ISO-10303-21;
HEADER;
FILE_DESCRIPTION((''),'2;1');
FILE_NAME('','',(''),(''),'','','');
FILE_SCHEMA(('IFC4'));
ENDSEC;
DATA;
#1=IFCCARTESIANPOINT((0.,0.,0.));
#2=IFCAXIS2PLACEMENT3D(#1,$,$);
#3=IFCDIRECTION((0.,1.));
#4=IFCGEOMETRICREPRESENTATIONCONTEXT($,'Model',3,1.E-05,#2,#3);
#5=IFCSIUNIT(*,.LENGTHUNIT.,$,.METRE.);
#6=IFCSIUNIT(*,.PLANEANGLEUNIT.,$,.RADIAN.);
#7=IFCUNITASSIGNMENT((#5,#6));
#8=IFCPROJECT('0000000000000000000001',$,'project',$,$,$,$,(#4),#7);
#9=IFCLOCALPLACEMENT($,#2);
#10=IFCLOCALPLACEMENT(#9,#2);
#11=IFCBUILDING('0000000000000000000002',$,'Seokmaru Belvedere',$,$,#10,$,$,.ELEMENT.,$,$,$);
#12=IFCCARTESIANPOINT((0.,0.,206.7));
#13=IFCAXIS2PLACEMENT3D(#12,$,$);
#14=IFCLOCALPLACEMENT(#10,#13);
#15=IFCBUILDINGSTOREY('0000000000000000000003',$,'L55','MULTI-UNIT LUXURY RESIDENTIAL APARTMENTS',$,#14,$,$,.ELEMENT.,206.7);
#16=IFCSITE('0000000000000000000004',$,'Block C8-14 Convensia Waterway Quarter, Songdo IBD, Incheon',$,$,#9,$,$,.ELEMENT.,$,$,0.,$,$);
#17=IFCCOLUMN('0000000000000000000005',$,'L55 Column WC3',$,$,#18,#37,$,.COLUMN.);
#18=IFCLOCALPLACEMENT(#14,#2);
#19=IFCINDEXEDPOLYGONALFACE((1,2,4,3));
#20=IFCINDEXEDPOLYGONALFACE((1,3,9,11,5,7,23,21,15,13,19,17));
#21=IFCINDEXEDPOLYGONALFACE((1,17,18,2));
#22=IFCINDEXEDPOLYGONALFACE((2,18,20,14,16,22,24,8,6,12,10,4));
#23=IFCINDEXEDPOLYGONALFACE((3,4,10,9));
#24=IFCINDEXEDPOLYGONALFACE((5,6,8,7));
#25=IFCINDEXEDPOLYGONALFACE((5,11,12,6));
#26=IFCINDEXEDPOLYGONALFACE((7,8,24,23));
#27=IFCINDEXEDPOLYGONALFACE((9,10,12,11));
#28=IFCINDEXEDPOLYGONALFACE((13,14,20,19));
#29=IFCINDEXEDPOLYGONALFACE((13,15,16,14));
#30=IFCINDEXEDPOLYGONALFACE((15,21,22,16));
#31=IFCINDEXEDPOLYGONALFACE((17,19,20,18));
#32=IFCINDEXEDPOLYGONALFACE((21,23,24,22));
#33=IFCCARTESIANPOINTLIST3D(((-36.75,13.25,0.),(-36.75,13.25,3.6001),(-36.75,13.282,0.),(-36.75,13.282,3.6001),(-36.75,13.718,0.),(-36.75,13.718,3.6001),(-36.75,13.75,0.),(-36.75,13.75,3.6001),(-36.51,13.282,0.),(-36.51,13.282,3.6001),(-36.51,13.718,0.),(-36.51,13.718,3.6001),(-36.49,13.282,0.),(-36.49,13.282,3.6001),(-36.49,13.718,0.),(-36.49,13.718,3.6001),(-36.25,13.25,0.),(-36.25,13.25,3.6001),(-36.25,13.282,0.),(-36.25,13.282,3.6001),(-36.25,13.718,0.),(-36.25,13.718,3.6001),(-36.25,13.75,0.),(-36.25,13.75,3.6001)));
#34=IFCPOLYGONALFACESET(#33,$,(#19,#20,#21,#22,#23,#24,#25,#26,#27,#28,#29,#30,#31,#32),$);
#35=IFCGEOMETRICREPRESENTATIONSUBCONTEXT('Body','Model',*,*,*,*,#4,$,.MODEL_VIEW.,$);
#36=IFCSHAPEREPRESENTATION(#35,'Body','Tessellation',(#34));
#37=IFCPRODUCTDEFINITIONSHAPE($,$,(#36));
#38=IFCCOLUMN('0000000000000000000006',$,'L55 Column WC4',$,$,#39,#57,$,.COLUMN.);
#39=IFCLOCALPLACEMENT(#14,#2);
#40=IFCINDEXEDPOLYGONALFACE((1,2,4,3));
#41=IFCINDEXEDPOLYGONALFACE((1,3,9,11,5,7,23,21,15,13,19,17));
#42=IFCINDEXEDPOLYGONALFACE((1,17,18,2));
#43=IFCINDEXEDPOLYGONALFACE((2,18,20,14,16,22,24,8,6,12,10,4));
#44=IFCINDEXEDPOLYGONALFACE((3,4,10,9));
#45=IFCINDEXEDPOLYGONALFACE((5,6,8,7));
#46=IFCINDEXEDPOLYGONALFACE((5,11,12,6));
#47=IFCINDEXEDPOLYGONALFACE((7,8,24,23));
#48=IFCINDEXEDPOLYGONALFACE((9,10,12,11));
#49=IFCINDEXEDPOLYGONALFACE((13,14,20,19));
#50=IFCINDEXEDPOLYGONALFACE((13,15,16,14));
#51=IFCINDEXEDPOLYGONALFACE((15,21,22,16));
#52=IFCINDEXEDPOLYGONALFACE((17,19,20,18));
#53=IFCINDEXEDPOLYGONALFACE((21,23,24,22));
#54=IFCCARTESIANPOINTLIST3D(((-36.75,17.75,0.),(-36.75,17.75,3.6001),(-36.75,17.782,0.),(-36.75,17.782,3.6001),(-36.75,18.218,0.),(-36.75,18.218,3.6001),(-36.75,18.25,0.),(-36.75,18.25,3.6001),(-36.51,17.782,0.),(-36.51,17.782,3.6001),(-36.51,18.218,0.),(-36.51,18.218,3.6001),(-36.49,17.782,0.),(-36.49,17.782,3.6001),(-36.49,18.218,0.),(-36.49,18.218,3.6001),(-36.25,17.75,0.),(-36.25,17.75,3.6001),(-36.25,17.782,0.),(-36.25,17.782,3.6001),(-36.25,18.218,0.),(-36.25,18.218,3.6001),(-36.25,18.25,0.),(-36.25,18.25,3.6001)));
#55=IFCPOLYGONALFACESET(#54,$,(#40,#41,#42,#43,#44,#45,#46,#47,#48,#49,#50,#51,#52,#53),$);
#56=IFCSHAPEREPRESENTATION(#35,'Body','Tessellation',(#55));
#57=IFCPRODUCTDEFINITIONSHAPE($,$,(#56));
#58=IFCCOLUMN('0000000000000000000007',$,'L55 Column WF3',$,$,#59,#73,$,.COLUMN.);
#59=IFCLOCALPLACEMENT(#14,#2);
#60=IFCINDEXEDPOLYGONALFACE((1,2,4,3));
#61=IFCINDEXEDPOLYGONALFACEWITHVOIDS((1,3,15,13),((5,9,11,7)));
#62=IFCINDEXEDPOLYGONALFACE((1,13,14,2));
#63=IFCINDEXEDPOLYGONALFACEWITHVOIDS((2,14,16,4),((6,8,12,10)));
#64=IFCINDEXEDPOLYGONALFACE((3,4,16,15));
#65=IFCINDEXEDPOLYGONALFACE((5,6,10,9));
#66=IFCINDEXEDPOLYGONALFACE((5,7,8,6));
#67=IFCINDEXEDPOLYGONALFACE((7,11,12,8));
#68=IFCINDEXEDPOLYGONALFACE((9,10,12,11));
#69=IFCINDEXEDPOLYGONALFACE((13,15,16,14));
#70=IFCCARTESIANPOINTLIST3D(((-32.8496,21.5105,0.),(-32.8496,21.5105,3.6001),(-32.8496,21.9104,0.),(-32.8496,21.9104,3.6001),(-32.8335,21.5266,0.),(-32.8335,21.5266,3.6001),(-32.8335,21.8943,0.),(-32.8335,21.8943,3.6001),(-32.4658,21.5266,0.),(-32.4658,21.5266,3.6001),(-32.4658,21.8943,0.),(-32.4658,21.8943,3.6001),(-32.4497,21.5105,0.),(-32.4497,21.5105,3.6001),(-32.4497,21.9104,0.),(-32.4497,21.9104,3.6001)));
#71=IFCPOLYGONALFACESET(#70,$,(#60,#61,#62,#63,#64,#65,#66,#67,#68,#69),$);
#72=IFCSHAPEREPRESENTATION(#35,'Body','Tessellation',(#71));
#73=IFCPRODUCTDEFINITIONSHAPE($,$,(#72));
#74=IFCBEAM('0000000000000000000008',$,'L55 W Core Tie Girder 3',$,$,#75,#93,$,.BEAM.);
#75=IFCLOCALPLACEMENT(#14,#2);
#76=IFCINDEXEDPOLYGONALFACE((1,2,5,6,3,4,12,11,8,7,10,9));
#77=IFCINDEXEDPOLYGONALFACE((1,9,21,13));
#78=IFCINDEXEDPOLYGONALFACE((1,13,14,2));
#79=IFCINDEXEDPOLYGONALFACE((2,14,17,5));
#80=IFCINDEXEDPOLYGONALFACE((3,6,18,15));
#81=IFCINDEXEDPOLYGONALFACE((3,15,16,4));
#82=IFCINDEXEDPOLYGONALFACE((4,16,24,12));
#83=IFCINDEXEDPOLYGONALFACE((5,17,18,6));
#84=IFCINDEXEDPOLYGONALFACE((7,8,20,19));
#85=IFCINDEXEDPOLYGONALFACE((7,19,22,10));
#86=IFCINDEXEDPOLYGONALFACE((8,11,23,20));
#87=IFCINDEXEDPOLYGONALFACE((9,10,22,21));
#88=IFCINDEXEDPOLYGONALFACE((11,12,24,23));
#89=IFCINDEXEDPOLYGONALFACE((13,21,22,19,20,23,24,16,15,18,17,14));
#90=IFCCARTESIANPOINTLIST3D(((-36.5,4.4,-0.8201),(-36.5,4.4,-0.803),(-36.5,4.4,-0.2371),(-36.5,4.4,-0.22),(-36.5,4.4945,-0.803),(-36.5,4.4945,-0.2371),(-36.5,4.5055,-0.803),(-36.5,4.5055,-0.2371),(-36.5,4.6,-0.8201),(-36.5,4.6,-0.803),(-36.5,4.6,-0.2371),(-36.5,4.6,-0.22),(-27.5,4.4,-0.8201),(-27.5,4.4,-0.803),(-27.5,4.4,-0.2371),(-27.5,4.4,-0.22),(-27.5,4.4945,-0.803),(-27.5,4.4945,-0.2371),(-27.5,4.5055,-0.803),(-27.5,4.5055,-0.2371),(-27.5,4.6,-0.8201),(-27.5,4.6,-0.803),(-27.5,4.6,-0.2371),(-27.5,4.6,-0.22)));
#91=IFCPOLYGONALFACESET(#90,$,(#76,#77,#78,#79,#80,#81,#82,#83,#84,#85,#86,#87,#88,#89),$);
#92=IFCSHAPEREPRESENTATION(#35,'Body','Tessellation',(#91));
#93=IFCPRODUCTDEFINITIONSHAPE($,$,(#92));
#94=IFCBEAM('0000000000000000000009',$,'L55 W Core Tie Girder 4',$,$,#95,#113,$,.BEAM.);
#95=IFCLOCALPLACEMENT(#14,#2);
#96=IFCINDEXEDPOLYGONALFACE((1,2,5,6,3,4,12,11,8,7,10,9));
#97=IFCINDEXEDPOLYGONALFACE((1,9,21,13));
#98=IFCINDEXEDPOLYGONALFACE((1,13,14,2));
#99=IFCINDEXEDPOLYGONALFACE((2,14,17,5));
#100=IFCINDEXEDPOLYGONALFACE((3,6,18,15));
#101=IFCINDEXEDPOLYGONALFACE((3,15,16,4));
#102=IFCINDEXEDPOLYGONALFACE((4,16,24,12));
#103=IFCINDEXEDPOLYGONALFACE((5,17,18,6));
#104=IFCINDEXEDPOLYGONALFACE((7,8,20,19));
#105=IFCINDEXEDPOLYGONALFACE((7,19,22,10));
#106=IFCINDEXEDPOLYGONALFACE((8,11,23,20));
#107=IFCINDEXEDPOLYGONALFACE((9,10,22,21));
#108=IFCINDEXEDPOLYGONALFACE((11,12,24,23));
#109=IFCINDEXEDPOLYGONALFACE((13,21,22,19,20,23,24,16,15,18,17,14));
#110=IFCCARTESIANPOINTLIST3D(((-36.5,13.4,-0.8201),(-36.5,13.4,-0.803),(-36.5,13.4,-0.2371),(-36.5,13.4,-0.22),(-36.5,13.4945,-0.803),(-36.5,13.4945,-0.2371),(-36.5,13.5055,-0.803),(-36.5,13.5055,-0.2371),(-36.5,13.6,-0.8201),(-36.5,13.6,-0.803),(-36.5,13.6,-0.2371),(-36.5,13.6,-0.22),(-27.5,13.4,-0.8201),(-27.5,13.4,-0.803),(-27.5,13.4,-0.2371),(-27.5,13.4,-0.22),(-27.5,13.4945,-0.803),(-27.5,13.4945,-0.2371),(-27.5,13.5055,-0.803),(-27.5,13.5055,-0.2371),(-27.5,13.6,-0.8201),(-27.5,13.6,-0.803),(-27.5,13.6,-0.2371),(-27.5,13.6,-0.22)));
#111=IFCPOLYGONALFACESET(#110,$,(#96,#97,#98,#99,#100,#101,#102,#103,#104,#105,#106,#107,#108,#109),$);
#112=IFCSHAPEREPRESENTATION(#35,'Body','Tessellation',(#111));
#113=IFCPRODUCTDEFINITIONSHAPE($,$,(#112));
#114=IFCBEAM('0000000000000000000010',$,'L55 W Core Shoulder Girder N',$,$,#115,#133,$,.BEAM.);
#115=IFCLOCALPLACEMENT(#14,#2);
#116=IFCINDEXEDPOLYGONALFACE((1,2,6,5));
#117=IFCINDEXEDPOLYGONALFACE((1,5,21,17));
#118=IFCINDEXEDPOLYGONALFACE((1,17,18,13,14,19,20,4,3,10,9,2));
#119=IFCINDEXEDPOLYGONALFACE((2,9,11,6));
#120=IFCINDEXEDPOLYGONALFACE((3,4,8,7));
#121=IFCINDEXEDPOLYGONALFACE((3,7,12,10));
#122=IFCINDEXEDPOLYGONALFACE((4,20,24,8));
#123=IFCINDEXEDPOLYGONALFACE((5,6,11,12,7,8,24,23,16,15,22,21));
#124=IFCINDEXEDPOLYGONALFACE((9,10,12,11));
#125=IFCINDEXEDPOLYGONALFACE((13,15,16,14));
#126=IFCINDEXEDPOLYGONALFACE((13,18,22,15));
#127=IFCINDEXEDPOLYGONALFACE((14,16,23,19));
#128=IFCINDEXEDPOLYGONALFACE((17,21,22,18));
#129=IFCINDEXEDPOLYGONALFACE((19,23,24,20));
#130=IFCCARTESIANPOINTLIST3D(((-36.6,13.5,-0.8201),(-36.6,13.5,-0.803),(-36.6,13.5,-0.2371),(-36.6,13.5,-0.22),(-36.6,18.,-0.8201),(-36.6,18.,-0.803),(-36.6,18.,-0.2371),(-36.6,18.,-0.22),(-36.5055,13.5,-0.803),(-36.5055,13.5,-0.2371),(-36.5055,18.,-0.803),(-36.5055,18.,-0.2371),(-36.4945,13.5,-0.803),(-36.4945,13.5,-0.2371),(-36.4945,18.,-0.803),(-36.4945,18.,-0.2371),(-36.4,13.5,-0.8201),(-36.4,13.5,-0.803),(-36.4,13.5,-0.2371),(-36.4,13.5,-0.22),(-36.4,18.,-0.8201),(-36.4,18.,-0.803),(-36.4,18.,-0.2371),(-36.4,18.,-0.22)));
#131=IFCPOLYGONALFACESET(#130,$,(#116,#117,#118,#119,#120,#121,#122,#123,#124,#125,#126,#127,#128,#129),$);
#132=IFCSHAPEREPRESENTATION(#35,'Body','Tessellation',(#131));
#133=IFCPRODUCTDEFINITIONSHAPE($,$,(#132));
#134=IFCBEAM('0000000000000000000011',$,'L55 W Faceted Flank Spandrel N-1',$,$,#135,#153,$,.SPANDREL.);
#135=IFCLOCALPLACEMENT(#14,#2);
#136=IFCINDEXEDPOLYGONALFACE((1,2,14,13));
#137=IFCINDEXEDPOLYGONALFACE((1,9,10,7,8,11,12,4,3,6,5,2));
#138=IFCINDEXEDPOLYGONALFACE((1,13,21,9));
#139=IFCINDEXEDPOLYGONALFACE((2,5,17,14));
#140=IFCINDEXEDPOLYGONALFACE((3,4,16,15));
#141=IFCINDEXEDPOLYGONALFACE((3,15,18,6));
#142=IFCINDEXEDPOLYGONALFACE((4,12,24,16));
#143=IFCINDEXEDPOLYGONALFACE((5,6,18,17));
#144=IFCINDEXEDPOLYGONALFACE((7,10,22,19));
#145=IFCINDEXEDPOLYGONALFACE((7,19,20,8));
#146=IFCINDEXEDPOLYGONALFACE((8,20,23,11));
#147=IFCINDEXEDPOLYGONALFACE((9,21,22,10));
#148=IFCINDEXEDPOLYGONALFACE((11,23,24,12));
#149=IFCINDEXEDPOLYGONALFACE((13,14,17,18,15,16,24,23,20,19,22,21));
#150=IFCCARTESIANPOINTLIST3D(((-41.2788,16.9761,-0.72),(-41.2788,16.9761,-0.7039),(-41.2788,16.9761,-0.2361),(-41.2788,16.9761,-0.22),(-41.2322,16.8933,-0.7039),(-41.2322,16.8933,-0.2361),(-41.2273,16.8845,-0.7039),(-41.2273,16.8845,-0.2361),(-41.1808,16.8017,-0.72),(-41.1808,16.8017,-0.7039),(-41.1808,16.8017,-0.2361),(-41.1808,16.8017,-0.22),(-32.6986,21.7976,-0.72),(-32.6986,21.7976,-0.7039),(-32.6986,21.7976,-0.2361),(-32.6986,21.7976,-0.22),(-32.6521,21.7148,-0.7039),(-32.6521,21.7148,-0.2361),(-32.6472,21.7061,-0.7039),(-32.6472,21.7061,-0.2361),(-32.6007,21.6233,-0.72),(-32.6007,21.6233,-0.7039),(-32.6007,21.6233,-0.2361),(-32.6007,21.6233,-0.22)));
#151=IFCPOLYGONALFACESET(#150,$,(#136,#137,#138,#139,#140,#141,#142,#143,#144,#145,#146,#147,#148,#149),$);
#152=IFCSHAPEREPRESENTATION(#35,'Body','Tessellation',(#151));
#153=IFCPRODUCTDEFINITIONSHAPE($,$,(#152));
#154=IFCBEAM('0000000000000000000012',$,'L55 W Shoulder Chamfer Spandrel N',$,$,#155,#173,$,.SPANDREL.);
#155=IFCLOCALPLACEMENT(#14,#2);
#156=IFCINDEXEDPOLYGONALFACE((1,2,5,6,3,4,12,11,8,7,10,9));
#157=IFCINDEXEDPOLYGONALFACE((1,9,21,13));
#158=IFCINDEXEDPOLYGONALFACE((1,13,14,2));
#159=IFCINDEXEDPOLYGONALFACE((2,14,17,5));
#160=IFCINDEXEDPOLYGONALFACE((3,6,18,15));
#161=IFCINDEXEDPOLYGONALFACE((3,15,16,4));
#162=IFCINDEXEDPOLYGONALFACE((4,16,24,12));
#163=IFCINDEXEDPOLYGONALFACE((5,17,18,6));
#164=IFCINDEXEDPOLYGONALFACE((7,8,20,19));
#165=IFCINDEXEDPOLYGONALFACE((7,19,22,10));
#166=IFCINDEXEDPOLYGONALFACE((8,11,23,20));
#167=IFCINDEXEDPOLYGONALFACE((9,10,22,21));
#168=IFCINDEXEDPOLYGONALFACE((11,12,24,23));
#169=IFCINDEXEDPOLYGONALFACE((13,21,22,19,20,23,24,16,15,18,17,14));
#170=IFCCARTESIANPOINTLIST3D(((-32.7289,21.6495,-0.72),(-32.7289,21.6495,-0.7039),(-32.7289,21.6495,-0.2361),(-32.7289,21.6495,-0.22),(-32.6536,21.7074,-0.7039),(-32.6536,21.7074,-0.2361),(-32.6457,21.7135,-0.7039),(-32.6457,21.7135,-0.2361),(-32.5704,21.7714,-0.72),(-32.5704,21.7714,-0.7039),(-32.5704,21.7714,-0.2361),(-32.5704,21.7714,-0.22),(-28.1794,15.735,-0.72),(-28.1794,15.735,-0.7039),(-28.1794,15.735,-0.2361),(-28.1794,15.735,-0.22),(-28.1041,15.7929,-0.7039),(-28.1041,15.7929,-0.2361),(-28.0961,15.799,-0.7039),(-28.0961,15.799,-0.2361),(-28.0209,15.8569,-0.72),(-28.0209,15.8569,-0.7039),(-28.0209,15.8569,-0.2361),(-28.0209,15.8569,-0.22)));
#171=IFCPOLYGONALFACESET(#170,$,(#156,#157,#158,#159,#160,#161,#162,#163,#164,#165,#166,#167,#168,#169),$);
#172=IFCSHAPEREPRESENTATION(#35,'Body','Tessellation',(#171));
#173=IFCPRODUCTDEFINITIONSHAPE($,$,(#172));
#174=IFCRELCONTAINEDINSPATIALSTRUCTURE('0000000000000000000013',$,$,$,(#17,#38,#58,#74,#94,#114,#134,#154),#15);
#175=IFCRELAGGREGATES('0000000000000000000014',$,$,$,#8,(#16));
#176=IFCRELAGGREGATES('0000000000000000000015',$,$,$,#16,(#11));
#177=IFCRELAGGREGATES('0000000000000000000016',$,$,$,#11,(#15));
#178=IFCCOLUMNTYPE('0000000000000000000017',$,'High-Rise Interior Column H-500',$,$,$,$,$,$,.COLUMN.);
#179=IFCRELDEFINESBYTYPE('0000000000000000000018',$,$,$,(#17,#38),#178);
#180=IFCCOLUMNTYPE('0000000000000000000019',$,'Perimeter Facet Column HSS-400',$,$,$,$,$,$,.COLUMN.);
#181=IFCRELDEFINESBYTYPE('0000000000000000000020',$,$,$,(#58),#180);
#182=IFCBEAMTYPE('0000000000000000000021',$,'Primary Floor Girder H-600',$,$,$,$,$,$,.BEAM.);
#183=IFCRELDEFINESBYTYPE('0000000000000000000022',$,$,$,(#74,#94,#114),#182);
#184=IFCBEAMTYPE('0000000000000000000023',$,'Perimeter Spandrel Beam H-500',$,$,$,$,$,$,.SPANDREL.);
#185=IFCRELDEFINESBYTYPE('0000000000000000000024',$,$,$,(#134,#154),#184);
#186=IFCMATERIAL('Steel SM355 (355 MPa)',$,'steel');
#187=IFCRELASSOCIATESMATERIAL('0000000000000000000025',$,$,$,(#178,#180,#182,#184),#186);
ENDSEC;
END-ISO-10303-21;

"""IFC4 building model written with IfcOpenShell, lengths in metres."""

from ifc_helpers import new_model, si_unit, direction, frame, origin, origin_2d, place, context, subcontext, project, spatial, hollow_rectangle, i_section, extrude, source, transform, mapped, material, material_profile, profile_set, type_object, type_shapes, element, save


model = new_model("IFC4")

# Units and contexts
model_context = context("Model", 3, precision=1e-05, world=origin(), true_north=direction((0.0, 1.0)))
body_context = subcontext(model_context, "Body", "Model", "MODEL_VIEW")
ifc_project = project(units=[si_unit("LENGTHUNIT", "METRE"), si_unit("PLANEANGLEUNIT", "RADIAN")], contexts=[model_context])

# Site, building, storey
site_placement = place(None, origin())
site = spatial("IfcSite", under=ifc_project, at=site_placement, Name="Block C8-14 Convensia Waterway Quarter, Songdo IBD, Incheon", CompositionType="ELEMENT", RefElevation=0.0)
building_placement = place(site_placement, origin())
building = spatial("IfcBuilding", under=site, at=building_placement, Name="Seokmaru Belvedere", CompositionType="ELEMENT")
storey_placement = place(building_placement, frame((0.0, 0.0, 206.7)))
storey = spatial("IfcBuildingStorey", under=building, at=storey_placement, Name="L55", Description="MULTI-UNIT LUXURY RESIDENTIAL APARTMENTS", CompositionType="ELEMENT", Elevation=206.7)

# Columns
ifc_material_1 = material(Name="Steel SM355 (355 MPa)", Category="steel")
ifc_material_profile_1 = material_profile(ifc_material_1, i_section(OverallWidth=0.5, OverallDepth=0.5, WebThickness=0.02, FlangeThickness=0.032, at=origin_2d()), Name="H-500x500x20x32")
ifc_profile_set_1 = profile_set([ifc_material_profile_1], Name="Steel SM355 (355 MPa)")
column_type_1 = type_object("IfcColumnType", Name="High-Rise Interior Column H-500", PredefinedType="COLUMN", material=ifc_profile_set_1)
shared_shape_1 = source(origin(), body_context, "Body", "SweptSolid", [
    extrude(i_section(OverallWidth=0.5, OverallDepth=0.5, WebThickness=0.02, FlangeThickness=0.032, at=origin_2d()), origin(), (0.0, 0.0, 1.0), 3.6001),
])
type_shapes(column_type_1, [shared_shape_1])
for number, where, z_axis, x_axis, name in (
    (1, (-36.5, 13.5, 0.0), (0.0, 0.0, 1.0), (1.0, 0.0, 0.0), "L55 Column WC3"),
    (2, (-36.5, 18.0, 0.0), (0.0, 0.0, 1.0), (1.0, 0.0, 0.0), "L55 Column WC4"),
):
    element("IfcColumn", number, at=place(storey_placement, frame(where, z_axis=z_axis, x_axis=x_axis)), inside=storey, type_object=column_type_1, Name=name, PredefinedType="COLUMN", context=body_context, shape_type="MappedRepresentation", body=[
        mapped(shared_shape_1, transform((0.0, 0.0, 0.0), scale=1.0)),
    ])
ifc_material_profile_2 = material_profile(ifc_material_1, hollow_rectangle(XDim=0.3999, YDim=0.3999, WallThickness=0.0161, at=origin_2d()), Name="HSS-400x400x16")
ifc_profile_set_2 = profile_set([ifc_material_profile_2], Name="Steel SM355 (355 MPa)")
column_type_2 = type_object("IfcColumnType", Name="Perimeter Facet Column HSS-400", PredefinedType="COLUMN", material=ifc_profile_set_2)
shared_shape_2 = source(origin(), body_context, "Body", "SweptSolid", [
    extrude(hollow_rectangle(XDim=0.3999, YDim=0.3999, WallThickness=0.0161, at=origin_2d()), origin(), (0.0, 0.0, 1.0), 3.6001),
])
type_shapes(column_type_2, [shared_shape_2])
column_placement = place(storey_placement, frame((-32.6497, 21.7104, 0.0), z_axis=(0.0, 0.0, 1.0), x_axis=(1.0, 0.0, 0.0)))
element("IfcColumn", 3, at=column_placement, inside=storey, type_object=column_type_2, Name="L55 Column WF3", PredefinedType="COLUMN", context=body_context, shape_type="MappedRepresentation", body=[
    mapped(shared_shape_2, transform((0.0, 0.0, 0.0), scale=1.0)),
])

# Beams
ifc_material_profile_3 = material_profile(ifc_material_1, i_section(OverallWidth=0.2, OverallDepth=0.6001, WebThickness=0.011, FlangeThickness=0.0171, at=origin_2d()), Name="H-600x200x11x17")
ifc_profile_set_3 = profile_set([ifc_material_profile_3], Name="Steel SM355 (355 MPa)")
beam_type_1 = type_object("IfcBeamType", Name="Primary Floor Girder H-600", PredefinedType="BEAM", material=ifc_profile_set_3)
shared_shape_3 = source(origin(), body_context, "Body", "SweptSolid", [
    extrude(i_section(OverallWidth=0.2, OverallDepth=0.6001, WebThickness=0.011, FlangeThickness=0.0171, at=origin_2d()), origin(), (0.0, 0.0, 1.0), 9.0),
])
for number, where, z_axis, x_axis, name in (
    (4, (-36.5, 4.5, -0.52), (1.0, 0.0, 0.0), (0.0, 1.0, 0.0), "L55 W Core Tie Girder 3"),
    (5, (-36.5, 13.5, -0.52), (1.0, 0.0, 0.0), (0.0, 1.0, 0.0), "L55 W Core Tie Girder 4"),
):
    element("IfcBeam", number, at=place(storey_placement, frame(where, z_axis=z_axis, x_axis=x_axis)), inside=storey, type_object=beam_type_1, Name=name, PredefinedType="BEAM", context=body_context, shape_type="MappedRepresentation", body=[
        mapped(shared_shape_3, transform((0.0, 0.0, 0.0), scale=1.0)),
    ])
shared_shape_4 = source(origin(), body_context, "Body", "SweptSolid", [
    extrude(i_section(OverallWidth=0.2, OverallDepth=0.6001, WebThickness=0.011, FlangeThickness=0.0171, at=origin_2d()), origin(), (0.0, 0.0, 1.0), 4.5),
])
type_shapes(beam_type_1, [shared_shape_3, shared_shape_4])
beam_1_placement = place(storey_placement, frame((-36.5, 13.5, -0.52), z_axis=(0.0, 1.0, 0.0), x_axis=(-1.0, 0.0, 0.0)))
element("IfcBeam", 6, at=beam_1_placement, inside=storey, type_object=beam_type_1, Name="L55 W Core Shoulder Girder N", PredefinedType="BEAM", context=body_context, shape_type="MappedRepresentation", body=[
    mapped(shared_shape_4, transform((0.0, 0.0, 0.0), scale=1.0)),
])
ifc_material_profile_4 = material_profile(ifc_material_1, i_section(OverallWidth=0.2, OverallDepth=0.5, WebThickness=0.01, FlangeThickness=0.0161, at=origin_2d()), Name="H-500x200x10x16")
ifc_profile_set_4 = profile_set([ifc_material_profile_4], Name="Steel SM355 (355 MPa)")
beam_type_2 = type_object("IfcBeamType", Name="Perimeter Spandrel Beam H-500", PredefinedType="SPANDREL", material=ifc_profile_set_4)
shared_shape_5 = source(origin(), body_context, "Body", "SweptSolid", [
    extrude(i_section(OverallWidth=0.2, OverallDepth=0.5, WebThickness=0.01, FlangeThickness=0.0161, at=origin_2d()), origin(), (0.0, 0.0, 1.0), 9.842),
])
beam_2_placement = place(storey_placement, frame((-32.6497, 21.7104, -0.47), z_axis=(-0.871782, -0.489894, 0.0), x_axis=(0.489894, -0.871782, 0.0)))
element("IfcBeam", 7, at=beam_2_placement, inside=storey, type_object=beam_type_2, Name="L55 W Faceted Flank Spandrel N-1", PredefinedType="SPANDREL", context=body_context, shape_type="MappedRepresentation", body=[
    mapped(shared_shape_5, transform((0.0, 0.0, 0.0), scale=1.0)),
])
shared_shape_6 = source(origin(), body_context, "Body", "SweptSolid", [
    extrude(i_section(OverallWidth=0.2, OverallDepth=0.5, WebThickness=0.01, FlangeThickness=0.0161, at=origin_2d()), origin(), (0.0, 0.0, 1.0), 7.4619),
])
type_shapes(beam_type_2, [shared_shape_5, shared_shape_6])
beam_3_placement = place(storey_placement, frame((-32.6497, 21.7104, -0.47), z_axis=(0.609703, -0.79263, 0.0), x_axis=(0.79263, 0.609703, 0.0)))
element("IfcBeam", 8, at=beam_3_placement, inside=storey, type_object=beam_type_2, Name="L55 W Shoulder Chamfer Spandrel N", PredefinedType="SPANDREL", context=body_context, shape_type="MappedRepresentation", body=[
    mapped(shared_shape_6, transform((0.0, 0.0, 0.0), scale=1.0)),
])

save(model, "model.ifc")
